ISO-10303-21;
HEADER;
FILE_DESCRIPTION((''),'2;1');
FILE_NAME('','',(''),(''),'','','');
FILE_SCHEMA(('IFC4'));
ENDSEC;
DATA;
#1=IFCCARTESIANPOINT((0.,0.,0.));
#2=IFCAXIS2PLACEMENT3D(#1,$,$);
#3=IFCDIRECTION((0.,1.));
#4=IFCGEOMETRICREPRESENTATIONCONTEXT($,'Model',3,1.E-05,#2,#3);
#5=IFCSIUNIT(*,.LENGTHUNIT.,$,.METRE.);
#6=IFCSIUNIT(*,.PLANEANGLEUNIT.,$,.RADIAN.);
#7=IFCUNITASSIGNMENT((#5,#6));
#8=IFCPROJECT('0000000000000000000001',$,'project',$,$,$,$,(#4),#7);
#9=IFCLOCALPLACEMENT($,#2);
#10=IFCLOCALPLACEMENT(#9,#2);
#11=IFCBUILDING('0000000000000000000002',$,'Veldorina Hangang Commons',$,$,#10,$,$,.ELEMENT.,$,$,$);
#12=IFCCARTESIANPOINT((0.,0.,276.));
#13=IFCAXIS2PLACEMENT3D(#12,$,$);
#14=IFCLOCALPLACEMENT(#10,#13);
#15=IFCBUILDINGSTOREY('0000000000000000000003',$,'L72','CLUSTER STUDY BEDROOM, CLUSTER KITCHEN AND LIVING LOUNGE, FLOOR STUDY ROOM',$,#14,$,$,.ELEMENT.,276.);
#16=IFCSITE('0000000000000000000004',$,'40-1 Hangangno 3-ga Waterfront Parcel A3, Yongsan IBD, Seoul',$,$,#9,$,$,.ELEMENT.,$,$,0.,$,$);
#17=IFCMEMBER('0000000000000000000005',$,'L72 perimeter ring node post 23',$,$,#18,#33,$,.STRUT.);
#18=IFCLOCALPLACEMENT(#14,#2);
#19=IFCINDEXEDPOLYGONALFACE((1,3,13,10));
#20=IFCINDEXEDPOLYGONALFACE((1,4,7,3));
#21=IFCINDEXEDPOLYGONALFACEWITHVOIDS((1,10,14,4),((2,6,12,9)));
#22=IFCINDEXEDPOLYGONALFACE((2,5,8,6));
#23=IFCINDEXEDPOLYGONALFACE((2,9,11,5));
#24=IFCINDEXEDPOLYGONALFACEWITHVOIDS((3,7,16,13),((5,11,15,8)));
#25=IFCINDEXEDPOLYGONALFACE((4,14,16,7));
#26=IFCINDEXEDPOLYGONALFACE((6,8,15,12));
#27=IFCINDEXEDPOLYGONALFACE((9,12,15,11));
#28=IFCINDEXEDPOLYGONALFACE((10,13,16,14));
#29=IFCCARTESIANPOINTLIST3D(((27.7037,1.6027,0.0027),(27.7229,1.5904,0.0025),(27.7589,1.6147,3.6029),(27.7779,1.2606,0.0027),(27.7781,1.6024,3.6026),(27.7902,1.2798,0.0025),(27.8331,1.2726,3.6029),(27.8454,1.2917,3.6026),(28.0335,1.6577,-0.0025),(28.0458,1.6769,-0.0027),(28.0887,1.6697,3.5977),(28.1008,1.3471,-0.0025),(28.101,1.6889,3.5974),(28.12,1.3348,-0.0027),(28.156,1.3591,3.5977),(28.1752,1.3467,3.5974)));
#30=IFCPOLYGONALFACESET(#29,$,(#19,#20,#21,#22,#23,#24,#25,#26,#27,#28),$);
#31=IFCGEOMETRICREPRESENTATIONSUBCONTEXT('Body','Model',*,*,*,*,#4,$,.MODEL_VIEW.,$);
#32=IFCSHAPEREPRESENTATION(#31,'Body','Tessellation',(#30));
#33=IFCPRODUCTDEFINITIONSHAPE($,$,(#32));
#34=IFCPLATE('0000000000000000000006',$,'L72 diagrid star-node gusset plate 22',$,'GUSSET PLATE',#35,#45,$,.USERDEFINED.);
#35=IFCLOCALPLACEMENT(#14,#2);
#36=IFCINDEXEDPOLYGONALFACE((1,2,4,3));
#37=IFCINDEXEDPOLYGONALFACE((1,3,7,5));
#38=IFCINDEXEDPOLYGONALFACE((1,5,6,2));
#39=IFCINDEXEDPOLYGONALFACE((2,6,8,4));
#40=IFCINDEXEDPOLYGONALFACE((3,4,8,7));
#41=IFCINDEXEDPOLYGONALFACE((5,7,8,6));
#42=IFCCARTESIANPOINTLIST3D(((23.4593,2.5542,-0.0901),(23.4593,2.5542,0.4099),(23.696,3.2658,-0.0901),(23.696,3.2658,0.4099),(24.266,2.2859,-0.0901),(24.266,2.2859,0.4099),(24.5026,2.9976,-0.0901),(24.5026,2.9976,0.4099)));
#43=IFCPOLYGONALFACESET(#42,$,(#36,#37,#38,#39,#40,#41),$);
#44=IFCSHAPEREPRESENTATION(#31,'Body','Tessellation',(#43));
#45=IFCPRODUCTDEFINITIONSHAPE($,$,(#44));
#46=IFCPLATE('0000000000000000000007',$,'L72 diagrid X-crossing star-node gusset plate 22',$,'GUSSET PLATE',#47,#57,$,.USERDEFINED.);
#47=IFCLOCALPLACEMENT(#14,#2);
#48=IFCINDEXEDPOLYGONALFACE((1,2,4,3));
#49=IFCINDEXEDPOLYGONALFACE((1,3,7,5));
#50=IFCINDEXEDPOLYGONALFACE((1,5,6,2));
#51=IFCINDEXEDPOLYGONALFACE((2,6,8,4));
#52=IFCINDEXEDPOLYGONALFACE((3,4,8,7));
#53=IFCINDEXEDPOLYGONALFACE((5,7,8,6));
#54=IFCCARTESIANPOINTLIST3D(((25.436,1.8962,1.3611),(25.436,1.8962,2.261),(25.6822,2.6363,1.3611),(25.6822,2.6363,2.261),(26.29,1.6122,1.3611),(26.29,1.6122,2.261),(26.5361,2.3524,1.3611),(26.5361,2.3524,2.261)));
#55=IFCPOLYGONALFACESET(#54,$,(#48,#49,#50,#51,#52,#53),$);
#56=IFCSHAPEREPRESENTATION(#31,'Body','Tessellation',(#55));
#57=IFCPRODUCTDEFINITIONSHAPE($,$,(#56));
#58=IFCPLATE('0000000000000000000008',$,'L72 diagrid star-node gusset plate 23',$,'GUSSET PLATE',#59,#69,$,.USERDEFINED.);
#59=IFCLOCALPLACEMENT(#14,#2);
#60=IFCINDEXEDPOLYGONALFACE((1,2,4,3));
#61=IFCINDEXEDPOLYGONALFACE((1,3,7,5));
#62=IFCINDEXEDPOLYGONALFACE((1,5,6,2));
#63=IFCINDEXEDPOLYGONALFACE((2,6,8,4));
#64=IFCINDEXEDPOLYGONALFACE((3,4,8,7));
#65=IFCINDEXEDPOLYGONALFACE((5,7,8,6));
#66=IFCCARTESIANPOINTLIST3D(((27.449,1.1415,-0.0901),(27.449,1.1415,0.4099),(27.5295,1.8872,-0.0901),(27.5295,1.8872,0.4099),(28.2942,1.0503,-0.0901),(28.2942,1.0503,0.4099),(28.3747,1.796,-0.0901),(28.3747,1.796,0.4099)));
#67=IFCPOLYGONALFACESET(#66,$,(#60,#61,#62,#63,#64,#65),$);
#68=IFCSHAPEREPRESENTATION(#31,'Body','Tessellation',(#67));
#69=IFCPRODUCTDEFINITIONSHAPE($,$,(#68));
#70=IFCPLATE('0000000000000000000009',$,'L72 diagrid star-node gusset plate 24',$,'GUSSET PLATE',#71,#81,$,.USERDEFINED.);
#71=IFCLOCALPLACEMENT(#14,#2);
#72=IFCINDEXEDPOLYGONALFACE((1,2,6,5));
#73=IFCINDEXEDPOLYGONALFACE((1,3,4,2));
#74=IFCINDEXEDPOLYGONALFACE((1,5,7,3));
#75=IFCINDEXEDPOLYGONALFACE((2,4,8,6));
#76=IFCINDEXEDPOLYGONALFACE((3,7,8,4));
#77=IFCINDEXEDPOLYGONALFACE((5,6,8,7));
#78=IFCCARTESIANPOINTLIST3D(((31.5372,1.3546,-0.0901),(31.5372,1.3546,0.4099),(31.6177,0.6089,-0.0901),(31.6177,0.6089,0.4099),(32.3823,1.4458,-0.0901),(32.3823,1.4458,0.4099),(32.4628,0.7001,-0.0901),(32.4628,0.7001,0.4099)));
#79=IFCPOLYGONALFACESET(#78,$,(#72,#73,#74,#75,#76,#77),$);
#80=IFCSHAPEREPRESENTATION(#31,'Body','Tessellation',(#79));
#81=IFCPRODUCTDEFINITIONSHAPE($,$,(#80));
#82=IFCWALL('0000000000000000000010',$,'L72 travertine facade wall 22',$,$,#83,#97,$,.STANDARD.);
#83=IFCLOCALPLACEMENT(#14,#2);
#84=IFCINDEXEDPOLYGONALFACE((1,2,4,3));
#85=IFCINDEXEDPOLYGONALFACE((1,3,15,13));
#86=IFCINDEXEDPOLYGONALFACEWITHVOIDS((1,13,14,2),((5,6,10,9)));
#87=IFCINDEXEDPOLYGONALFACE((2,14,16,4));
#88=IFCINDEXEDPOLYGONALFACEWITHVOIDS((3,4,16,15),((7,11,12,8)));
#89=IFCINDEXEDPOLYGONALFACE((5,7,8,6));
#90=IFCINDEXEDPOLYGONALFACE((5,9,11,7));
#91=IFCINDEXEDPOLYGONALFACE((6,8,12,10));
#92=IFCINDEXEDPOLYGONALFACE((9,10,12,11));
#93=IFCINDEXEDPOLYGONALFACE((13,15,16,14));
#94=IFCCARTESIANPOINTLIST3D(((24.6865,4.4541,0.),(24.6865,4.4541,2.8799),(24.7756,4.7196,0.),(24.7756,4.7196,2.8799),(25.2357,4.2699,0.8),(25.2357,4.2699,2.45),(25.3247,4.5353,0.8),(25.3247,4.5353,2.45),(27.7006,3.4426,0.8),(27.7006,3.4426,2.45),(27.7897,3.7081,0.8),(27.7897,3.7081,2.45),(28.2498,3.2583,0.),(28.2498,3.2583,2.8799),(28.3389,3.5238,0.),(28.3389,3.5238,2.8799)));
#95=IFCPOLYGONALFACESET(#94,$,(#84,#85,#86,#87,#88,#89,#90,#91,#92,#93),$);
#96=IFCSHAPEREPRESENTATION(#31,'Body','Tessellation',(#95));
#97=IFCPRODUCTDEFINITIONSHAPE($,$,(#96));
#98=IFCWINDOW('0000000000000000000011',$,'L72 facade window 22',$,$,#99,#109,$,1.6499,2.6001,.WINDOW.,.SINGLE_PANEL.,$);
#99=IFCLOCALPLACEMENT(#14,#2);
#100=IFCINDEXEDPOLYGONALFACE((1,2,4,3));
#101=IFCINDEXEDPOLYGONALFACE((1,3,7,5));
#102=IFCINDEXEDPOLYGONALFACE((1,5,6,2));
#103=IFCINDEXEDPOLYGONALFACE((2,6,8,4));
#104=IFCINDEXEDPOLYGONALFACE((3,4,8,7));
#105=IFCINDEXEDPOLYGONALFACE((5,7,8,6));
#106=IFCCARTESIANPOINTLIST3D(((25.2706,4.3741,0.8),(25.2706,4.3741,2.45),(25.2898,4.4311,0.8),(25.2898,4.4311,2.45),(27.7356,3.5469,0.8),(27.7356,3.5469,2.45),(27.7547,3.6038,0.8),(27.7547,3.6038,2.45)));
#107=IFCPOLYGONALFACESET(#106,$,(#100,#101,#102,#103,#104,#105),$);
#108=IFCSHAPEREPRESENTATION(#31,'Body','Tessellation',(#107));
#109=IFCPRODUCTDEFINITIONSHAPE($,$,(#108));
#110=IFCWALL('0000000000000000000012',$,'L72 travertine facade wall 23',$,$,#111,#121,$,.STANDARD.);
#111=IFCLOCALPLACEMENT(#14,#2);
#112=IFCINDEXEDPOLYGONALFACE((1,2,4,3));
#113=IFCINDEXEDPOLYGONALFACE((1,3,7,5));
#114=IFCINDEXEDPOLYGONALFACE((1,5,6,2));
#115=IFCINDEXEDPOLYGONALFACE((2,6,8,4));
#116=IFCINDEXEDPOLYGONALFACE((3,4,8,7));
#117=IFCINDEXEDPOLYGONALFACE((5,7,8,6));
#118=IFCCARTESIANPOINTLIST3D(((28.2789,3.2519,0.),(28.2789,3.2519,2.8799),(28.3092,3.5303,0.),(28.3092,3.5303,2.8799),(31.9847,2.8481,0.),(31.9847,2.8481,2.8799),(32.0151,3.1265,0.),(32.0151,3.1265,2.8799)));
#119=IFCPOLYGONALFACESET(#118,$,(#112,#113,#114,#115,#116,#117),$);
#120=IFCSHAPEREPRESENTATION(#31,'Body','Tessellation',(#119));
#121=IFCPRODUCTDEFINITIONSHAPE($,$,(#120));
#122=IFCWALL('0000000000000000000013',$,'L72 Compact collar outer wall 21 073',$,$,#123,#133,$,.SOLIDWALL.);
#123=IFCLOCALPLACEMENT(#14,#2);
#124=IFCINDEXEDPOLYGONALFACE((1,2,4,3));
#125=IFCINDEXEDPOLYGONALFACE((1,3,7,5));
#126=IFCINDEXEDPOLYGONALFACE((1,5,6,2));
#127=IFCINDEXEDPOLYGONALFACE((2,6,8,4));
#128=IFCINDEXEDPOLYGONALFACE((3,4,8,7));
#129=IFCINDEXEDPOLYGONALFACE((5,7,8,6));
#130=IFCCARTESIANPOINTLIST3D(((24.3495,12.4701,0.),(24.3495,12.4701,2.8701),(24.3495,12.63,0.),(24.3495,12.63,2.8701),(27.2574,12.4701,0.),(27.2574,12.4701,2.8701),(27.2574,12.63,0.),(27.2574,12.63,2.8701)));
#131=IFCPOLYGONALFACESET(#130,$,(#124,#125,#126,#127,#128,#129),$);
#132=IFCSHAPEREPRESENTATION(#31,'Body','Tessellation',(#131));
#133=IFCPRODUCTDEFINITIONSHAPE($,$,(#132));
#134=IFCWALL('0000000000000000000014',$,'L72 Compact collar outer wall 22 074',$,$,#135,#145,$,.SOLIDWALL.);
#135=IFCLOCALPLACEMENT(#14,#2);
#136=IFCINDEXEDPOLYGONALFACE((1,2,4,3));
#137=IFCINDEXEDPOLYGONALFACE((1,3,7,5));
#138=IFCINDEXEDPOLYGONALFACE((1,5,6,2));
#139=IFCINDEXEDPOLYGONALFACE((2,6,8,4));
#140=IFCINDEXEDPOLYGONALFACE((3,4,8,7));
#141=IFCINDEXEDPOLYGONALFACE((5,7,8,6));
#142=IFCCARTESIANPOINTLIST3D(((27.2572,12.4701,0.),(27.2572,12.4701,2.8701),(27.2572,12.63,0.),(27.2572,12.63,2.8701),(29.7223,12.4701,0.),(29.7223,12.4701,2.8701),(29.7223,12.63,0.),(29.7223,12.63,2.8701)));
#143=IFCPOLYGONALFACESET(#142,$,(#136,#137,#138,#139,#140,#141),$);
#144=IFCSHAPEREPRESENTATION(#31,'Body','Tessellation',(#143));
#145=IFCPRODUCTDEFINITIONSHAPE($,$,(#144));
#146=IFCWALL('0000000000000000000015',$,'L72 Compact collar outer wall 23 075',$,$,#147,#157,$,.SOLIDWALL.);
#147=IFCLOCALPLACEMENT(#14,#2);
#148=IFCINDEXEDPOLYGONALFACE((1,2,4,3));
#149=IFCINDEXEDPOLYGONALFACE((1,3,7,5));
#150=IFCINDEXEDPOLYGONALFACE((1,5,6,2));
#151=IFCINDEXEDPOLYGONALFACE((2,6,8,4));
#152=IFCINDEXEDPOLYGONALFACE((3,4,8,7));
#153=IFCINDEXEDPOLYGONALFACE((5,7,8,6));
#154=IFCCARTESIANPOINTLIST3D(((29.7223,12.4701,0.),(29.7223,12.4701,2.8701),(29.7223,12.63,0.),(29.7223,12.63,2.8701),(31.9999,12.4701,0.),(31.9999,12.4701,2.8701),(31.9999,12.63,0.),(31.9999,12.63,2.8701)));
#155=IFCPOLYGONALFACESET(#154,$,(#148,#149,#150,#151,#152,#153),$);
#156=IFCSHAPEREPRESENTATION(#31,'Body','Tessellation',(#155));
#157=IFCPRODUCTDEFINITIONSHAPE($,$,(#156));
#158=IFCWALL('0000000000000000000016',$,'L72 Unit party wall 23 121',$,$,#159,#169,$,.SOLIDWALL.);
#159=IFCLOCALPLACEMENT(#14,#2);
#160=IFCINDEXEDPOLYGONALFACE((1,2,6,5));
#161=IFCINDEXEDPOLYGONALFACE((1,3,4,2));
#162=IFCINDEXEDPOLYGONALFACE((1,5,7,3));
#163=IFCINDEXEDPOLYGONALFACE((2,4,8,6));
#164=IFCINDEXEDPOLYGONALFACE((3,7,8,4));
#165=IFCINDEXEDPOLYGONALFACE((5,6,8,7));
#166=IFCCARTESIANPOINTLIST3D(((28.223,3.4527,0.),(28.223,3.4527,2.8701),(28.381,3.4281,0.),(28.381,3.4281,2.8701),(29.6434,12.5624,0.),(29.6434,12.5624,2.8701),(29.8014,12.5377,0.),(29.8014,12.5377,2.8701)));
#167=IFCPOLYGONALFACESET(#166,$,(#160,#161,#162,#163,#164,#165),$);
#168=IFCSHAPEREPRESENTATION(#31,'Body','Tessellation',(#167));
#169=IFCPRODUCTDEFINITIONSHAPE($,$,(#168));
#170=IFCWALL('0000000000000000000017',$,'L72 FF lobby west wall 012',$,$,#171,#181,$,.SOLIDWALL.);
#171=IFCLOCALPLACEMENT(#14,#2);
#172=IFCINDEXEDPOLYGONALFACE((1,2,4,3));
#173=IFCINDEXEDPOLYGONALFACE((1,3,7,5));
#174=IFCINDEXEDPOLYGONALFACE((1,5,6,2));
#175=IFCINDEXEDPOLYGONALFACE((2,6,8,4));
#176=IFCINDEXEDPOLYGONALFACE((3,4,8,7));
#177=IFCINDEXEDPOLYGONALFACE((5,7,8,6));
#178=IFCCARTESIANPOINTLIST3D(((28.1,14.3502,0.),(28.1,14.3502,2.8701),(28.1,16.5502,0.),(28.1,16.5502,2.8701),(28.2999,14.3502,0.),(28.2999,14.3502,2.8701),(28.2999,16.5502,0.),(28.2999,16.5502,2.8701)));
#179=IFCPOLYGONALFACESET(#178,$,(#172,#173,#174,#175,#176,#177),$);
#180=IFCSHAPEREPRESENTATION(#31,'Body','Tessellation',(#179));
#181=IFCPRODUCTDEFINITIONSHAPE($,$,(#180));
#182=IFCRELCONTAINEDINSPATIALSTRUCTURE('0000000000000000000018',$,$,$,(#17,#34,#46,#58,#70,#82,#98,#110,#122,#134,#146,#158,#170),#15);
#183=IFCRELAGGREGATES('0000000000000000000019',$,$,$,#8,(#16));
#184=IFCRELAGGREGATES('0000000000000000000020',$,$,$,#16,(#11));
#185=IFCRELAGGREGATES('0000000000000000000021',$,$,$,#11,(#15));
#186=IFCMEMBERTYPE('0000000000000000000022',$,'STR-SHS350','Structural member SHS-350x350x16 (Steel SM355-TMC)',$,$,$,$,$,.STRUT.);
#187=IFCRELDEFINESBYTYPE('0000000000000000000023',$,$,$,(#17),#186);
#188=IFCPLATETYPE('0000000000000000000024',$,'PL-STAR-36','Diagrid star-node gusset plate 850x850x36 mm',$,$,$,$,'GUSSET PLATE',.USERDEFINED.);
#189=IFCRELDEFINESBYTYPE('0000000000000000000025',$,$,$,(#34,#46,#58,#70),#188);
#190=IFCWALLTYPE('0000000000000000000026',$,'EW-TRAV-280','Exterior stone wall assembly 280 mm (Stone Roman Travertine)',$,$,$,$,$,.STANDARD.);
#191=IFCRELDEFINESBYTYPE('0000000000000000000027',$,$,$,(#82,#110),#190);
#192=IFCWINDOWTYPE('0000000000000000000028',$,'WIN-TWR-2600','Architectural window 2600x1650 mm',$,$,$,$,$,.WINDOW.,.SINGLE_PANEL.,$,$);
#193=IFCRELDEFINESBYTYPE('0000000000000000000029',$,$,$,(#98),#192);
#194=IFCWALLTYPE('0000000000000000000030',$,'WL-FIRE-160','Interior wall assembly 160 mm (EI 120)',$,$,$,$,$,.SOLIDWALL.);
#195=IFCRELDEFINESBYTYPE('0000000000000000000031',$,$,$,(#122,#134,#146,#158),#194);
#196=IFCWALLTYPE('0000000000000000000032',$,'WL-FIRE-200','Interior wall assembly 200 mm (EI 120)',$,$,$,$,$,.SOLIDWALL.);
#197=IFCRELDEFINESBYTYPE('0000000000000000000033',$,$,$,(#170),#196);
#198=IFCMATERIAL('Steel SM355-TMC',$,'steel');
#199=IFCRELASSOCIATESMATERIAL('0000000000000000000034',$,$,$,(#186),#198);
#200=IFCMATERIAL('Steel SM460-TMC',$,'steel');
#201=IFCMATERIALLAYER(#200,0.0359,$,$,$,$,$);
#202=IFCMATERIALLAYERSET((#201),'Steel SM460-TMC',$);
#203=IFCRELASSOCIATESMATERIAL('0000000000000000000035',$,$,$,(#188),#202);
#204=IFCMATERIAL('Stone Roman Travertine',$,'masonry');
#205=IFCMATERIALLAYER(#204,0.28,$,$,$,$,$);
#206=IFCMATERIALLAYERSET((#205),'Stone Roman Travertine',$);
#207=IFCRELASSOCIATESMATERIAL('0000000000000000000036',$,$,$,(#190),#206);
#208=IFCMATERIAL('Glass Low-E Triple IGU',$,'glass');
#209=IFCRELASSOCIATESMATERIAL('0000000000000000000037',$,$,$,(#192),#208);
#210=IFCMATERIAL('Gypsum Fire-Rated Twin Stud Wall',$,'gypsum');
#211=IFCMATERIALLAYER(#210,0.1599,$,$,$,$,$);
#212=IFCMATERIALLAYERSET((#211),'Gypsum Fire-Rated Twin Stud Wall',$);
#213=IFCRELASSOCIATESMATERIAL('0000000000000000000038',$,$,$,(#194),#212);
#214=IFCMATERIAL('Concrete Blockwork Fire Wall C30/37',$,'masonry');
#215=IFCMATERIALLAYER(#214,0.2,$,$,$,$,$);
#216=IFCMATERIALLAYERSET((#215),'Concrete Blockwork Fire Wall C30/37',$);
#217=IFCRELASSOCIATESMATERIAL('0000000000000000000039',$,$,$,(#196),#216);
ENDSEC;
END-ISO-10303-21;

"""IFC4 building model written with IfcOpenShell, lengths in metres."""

from ifc_helpers import new_model, si_unit, direction, frame, frame_2d, origin, origin_2d, place, context, subcontext, project, spatial, rectangle, hollow_rectangle, extrude, material, layer, layer_set, material_profile, profile_set, type_object, element, fill, save


model = new_model("IFC4")

# Units and contexts
model_context = context("Model", 3, precision=1e-05, world=origin(), true_north=direction((0.0, 1.0)))
body_context = subcontext(model_context, "Body", "Model", "MODEL_VIEW")
ifc_project = project(units=[si_unit("LENGTHUNIT", "METRE"), si_unit("PLANEANGLEUNIT", "RADIAN")], contexts=[model_context])

# Site, building, storey
site_placement = place(None, origin())
site = spatial("IfcSite", under=ifc_project, at=site_placement, Name="40-1 Hangangno 3-ga Waterfront Parcel A3, Yongsan IBD, Seoul", CompositionType="ELEMENT", RefElevation=0.0)
building_placement = place(site_placement, origin())
building = spatial("IfcBuilding", under=site, at=building_placement, Name="Veldorina Hangang Commons", CompositionType="ELEMENT")
storey_placement = place(building_placement, frame((0.0, 0.0, 276.0)))
storey = spatial("IfcBuildingStorey", under=building, at=storey_placement, Name="L72", Description="CLUSTER STUDY BEDROOM, CLUSTER KITCHEN AND LIVING LOUNGE, FLOOR STUDY ROOM", CompositionType="ELEMENT", Elevation=276.0)

# Shared definitions
ifc_material_1 = material(Name="Steel SM355-TMC", Category="steel")

# Member
ifc_material_profile_1 = material_profile(ifc_material_1, hollow_rectangle(XDim=0.3501, YDim=0.3501, WallThickness=0.0161, at=origin_2d()), Name="SHS-350x350x16")
ifc_profile_set_1 = profile_set([ifc_material_profile_1], Name="Steel SM355-TMC")
member_type_1 = type_object("IfcMemberType", Name="STR-SHS350", Description="Structural member SHS-350x350x16 (Steel SM355-TMC)", PredefinedType="STRUT", material=ifc_profile_set_1)
member_1_placement = place(storey_placement, frame((27.9119, 1.4688, 0.0), z_axis=(0.015324, 0.003323, 0.999877), x_axis=(-0.211891, 0.977293, 0.0)))
element("IfcMember", 1, at=member_1_placement, inside=storey, type_object=member_type_1, Name="L72 perimeter ring node post 23", PredefinedType="STRUT", context=body_context, shape_type="SweptSolid", body=[
    extrude(hollow_rectangle(XDim=0.3501, YDim=0.3501, WallThickness=0.0161, at=origin_2d()), origin(), (0.0, 0.0, 1.0), 3.6006),
])

# Plates
ifc_material_2 = material(Name="Steel SM460-TMC", Category="steel")
ifc_layer_1 = layer(ifc_material_2, 0.0359)
ifc_layer_set_1 = layer_set([ifc_layer_1], Name="Steel SM460-TMC")
plate_type = type_object("IfcPlateType", Name="PL-STAR-36", Description="Diagrid star-node gusset plate 850x850x36 mm", ElementType="GUSSET PLATE", PredefinedType="USERDEFINED", material=ifc_layer_set_1)
plate_1_placement = place(storey_placement, frame((23.981, 2.7759, -0.0901), z_axis=(0.0, 0.0, 1.0), x_axis=(0.948904, -0.315566, 0.0)))
element("IfcPlate", 2, at=plate_1_placement, inside=storey, type_object=plate_type, Name="L72 diagrid star-node gusset plate 22", ObjectType="GUSSET PLATE", PredefinedType="USERDEFINED", context=body_context, shape_type="SweptSolid", body=[
    extrude(rectangle(XDim=0.8501, YDim=0.75, at=origin_2d()), origin(), (0.0, 0.0, 1.0), 0.5),
])
plate_2_placement = place(storey_placement, frame((25.9861, 2.1243, 1.3611), z_axis=(0.0, 0.0, 1.0), x_axis=(0.948904, -0.315566, 0.0)))
element("IfcPlate", 3, at=plate_2_placement, inside=storey, type_object=plate_type, Name="L72 diagrid X-crossing star-node gusset plate 22", ObjectType="GUSSET PLATE", PredefinedType="USERDEFINED", context=body_context, shape_type="SweptSolid", body=[
    extrude(rectangle(XDim=0.8999, YDim=0.78, at=origin_2d()), origin(), (0.0, 0.0, 1.0), 0.8999),
])
for number, where, z_axis, x_axis, name in (
    (4, (27.9119, 1.4688, -0.0901), (0.0, 0.0, 1.0), (0.994222, -0.10734, 0.0), "L72 diagrid star-node gusset plate 23"),
    (5, (32.0, 1.0273, -0.0901), (0.0, 0.0, 1.0), (0.994222, 0.10734, 0.0), "L72 diagrid star-node gusset plate 24"),
):
    element("IfcPlate", number, at=place(storey_placement, frame(where, z_axis=z_axis, x_axis=x_axis)), inside=storey, type_object=plate_type, Name=name, ObjectType="GUSSET PLATE", PredefinedType="USERDEFINED", context=body_context, shape_type="SweptSolid", body=[
        extrude(rectangle(XDim=0.8501, YDim=0.75, at=origin_2d()), origin(), (0.0, 0.0, 1.0), 0.5),
    ])

# Wall, opening, window
ifc_material_3 = material(Name="Stone Roman Travertine", Category="masonry")
ifc_layer_2 = layer(ifc_material_3, 0.28)
ifc_layer_set_2 = layer_set([ifc_layer_2], Name="Stone Roman Travertine")
wall_type_1 = type_object("IfcWallType", Name="EW-TRAV-280", Description="Exterior stone wall assembly 280 mm (Stone Roman Travertine)", PredefinedType="STANDARD", material=ifc_layer_set_2)
wall_1_placement = place(storey_placement, frame((24.731, 4.5869, 0.0), z_axis=(0.0, 0.0, 1.0), x_axis=(0.948038, -0.318156, 0.0)))
wall_1 = element("IfcWall", 6, at=wall_1_placement, inside=storey, type_object=wall_type_1, Name="L72 travertine facade wall 22", PredefinedType="STANDARD", context=body_context, shape_type="SweptSolid", body=[
    extrude(rectangle(XDim=3.7585, YDim=0.28, at=frame_2d((1.8794, 0.0))), origin(), (0.0, 0.0, 1.0), 2.8799),
])
opening_1_placement = place(wall_1_placement, frame((0.5793, 0.0, 0.8)))
opening_1 = element("IfcOpeningElement", 7, at=opening_1_placement, cuts=wall_1, PredefinedType="OPENING", context=body_context, shape_type="SweptSolid", body=[
    extrude(rectangle(XDim=2.6001, YDim=1.6499, at=frame_2d((1.3, 0.825))), frame((0.0, 0.1499, 0.0), z_axis=(0.0, -1.0, 0.0), x_axis=(1.0, 0.0, 0.0)), (0.0, 0.0, 1.0), 0.3),
])
ifc_material_4 = material(Name="Glass Low-E Triple IGU", Category="glass")
window_type = type_object("IfcWindowType", Name="WIN-TWR-2600", Description="Architectural window 2600x1650 mm", PartitioningType="SINGLE_PANEL", PredefinedType="WINDOW", material=ifc_material_4)
window_placement = place(opening_1_placement, origin())
window = element("IfcWindow", 8, at=window_placement, inside=storey, type_object=window_type, Name="L72 facade window 22", OverallHeight=1.6499, OverallWidth=2.6001, PartitioningType="SINGLE_PANEL", PredefinedType="WINDOW", context=body_context, shape_type="SweptSolid", body=[
    extrude(rectangle(XDim=2.6001, YDim=1.6499, at=frame_2d((1.3, 0.825))), frame((0.0, 0.03, 0.0), z_axis=(0.0, -1.0, 0.0), x_axis=(1.0, 0.0, 0.0)), (0.0, 0.0, 1.0), 0.0601),
])
fill(opening_1, window)

# Walls
wall_2_placement = place(storey_placement, frame((28.2942, 3.3911, 0.0), z_axis=(0.0, 0.0, 1.0), x_axis=(0.994116, -0.108325, 0.0)))
element("IfcWall", 9, at=wall_2_placement, inside=storey, type_object=wall_type_1, Name="L72 travertine facade wall 23", PredefinedType="STANDARD", context=body_context, shape_type="SweptSolid", body=[
    extrude(rectangle(XDim=3.7278, YDim=0.28, at=frame_2d((1.8638, 0.0))), origin(), (0.0, 0.0, 1.0), 2.8799),
])
ifc_material_5 = material(Name="Gypsum Fire-Rated Twin Stud Wall", Category="gypsum")
ifc_layer_3 = layer(ifc_material_5, 0.1599)
ifc_layer_set_3 = layer_set([ifc_layer_3], Name="Gypsum Fire-Rated Twin Stud Wall")
wall_type_2 = type_object("IfcWallType", Name="WL-FIRE-160", Description="Interior wall assembly 160 mm (EI 120)", PredefinedType="SOLIDWALL", material=ifc_layer_set_3)
wall_3_placement = place(storey_placement, frame((24.3494, 12.55, 0.0), z_axis=(0.0, 0.0, 1.0), x_axis=(1.0, 0.0, 0.0)))
element("IfcWall", 10, at=wall_3_placement, inside=storey, type_object=wall_type_2, Name="L72 Compact collar outer wall 21 073", PredefinedType="SOLIDWALL", context=body_context, shape_type="SweptSolid", body=[
    extrude(rectangle(XDim=2.908, YDim=0.1599, at=frame_2d((1.4541, 0.0))), origin(), (0.0, 0.0, 1.0), 2.8701),
])
wall_4_placement = place(storey_placement, frame((27.2573, 12.55, 0.0), z_axis=(0.0, 0.0, 1.0), x_axis=(1.0, 0.0, 0.0)))
element("IfcWall", 11, at=wall_4_placement, inside=storey, type_object=wall_type_2, Name="L72 Compact collar outer wall 22 074", PredefinedType="SOLIDWALL", context=body_context, shape_type="SweptSolid", body=[
    extrude(rectangle(XDim=2.4651, YDim=0.1599, at=frame_2d((1.2324, 0.0))), origin(), (0.0, 0.0, 1.0), 2.8701),
])
wall_5_placement = place(storey_placement, frame((29.7224, 12.55, 0.0), z_axis=(0.0, 0.0, 1.0), x_axis=(1.0, 0.0, 0.0)))
element("IfcWall", 12, at=wall_5_placement, inside=storey, type_object=wall_type_2, Name="L72 Compact collar outer wall 23 075", PredefinedType="SOLIDWALL", context=body_context, shape_type="SweptSolid", body=[
    extrude(rectangle(XDim=2.2776, YDim=0.1599, at=frame_2d((1.1387, 0.0))), origin(), (0.0, 0.0, 1.0), 2.8701),
])
wall_6_placement = place(storey_placement, frame((29.7224, 12.55, 0.0), z_axis=(0.0, 0.0, 1.0), x_axis=(-0.154063, -0.988061, 0.0)))
element("IfcWall", 13, at=wall_6_placement, inside=storey, type_object=wall_type_2, Name="L72 Unit party wall 23 121", PredefinedType="SOLIDWALL", context=body_context, shape_type="SweptSolid", body=[
    extrude(rectangle(XDim=9.2197, YDim=0.1599, at=frame_2d((4.6099, 0.0))), origin(), (0.0, 0.0, 1.0), 2.8701),
])
ifc_material_6 = material(Name="Concrete Blockwork Fire Wall C30/37", Category="masonry")
ifc_layer_4 = layer(ifc_material_6, 0.2)
ifc_layer_set_4 = layer_set([ifc_layer_4], Name="Concrete Blockwork Fire Wall C30/37")
wall_type_3 = type_object("IfcWallType", Name="WL-FIRE-200", Description="Interior wall assembly 200 mm (EI 120)", PredefinedType="SOLIDWALL", material=ifc_layer_set_4)
wall_7_placement = place(storey_placement, frame((28.2, 14.3501, 0.0), z_axis=(0.0, 0.0, 1.0), x_axis=(0.0, 1.0, 0.0)))
element("IfcWall", 14, at=wall_7_placement, inside=storey, type_object=wall_type_3, Name="L72 FF lobby west wall 012", PredefinedType="SOLIDWALL", context=body_context, shape_type="SweptSolid", body=[
    extrude(rectangle(XDim=2.2, YDim=0.2, at=frame_2d((1.1001, 0.0))), origin(), (0.0, 0.0, 1.0), 2.8701),
])

save(model, "model.ifc")
